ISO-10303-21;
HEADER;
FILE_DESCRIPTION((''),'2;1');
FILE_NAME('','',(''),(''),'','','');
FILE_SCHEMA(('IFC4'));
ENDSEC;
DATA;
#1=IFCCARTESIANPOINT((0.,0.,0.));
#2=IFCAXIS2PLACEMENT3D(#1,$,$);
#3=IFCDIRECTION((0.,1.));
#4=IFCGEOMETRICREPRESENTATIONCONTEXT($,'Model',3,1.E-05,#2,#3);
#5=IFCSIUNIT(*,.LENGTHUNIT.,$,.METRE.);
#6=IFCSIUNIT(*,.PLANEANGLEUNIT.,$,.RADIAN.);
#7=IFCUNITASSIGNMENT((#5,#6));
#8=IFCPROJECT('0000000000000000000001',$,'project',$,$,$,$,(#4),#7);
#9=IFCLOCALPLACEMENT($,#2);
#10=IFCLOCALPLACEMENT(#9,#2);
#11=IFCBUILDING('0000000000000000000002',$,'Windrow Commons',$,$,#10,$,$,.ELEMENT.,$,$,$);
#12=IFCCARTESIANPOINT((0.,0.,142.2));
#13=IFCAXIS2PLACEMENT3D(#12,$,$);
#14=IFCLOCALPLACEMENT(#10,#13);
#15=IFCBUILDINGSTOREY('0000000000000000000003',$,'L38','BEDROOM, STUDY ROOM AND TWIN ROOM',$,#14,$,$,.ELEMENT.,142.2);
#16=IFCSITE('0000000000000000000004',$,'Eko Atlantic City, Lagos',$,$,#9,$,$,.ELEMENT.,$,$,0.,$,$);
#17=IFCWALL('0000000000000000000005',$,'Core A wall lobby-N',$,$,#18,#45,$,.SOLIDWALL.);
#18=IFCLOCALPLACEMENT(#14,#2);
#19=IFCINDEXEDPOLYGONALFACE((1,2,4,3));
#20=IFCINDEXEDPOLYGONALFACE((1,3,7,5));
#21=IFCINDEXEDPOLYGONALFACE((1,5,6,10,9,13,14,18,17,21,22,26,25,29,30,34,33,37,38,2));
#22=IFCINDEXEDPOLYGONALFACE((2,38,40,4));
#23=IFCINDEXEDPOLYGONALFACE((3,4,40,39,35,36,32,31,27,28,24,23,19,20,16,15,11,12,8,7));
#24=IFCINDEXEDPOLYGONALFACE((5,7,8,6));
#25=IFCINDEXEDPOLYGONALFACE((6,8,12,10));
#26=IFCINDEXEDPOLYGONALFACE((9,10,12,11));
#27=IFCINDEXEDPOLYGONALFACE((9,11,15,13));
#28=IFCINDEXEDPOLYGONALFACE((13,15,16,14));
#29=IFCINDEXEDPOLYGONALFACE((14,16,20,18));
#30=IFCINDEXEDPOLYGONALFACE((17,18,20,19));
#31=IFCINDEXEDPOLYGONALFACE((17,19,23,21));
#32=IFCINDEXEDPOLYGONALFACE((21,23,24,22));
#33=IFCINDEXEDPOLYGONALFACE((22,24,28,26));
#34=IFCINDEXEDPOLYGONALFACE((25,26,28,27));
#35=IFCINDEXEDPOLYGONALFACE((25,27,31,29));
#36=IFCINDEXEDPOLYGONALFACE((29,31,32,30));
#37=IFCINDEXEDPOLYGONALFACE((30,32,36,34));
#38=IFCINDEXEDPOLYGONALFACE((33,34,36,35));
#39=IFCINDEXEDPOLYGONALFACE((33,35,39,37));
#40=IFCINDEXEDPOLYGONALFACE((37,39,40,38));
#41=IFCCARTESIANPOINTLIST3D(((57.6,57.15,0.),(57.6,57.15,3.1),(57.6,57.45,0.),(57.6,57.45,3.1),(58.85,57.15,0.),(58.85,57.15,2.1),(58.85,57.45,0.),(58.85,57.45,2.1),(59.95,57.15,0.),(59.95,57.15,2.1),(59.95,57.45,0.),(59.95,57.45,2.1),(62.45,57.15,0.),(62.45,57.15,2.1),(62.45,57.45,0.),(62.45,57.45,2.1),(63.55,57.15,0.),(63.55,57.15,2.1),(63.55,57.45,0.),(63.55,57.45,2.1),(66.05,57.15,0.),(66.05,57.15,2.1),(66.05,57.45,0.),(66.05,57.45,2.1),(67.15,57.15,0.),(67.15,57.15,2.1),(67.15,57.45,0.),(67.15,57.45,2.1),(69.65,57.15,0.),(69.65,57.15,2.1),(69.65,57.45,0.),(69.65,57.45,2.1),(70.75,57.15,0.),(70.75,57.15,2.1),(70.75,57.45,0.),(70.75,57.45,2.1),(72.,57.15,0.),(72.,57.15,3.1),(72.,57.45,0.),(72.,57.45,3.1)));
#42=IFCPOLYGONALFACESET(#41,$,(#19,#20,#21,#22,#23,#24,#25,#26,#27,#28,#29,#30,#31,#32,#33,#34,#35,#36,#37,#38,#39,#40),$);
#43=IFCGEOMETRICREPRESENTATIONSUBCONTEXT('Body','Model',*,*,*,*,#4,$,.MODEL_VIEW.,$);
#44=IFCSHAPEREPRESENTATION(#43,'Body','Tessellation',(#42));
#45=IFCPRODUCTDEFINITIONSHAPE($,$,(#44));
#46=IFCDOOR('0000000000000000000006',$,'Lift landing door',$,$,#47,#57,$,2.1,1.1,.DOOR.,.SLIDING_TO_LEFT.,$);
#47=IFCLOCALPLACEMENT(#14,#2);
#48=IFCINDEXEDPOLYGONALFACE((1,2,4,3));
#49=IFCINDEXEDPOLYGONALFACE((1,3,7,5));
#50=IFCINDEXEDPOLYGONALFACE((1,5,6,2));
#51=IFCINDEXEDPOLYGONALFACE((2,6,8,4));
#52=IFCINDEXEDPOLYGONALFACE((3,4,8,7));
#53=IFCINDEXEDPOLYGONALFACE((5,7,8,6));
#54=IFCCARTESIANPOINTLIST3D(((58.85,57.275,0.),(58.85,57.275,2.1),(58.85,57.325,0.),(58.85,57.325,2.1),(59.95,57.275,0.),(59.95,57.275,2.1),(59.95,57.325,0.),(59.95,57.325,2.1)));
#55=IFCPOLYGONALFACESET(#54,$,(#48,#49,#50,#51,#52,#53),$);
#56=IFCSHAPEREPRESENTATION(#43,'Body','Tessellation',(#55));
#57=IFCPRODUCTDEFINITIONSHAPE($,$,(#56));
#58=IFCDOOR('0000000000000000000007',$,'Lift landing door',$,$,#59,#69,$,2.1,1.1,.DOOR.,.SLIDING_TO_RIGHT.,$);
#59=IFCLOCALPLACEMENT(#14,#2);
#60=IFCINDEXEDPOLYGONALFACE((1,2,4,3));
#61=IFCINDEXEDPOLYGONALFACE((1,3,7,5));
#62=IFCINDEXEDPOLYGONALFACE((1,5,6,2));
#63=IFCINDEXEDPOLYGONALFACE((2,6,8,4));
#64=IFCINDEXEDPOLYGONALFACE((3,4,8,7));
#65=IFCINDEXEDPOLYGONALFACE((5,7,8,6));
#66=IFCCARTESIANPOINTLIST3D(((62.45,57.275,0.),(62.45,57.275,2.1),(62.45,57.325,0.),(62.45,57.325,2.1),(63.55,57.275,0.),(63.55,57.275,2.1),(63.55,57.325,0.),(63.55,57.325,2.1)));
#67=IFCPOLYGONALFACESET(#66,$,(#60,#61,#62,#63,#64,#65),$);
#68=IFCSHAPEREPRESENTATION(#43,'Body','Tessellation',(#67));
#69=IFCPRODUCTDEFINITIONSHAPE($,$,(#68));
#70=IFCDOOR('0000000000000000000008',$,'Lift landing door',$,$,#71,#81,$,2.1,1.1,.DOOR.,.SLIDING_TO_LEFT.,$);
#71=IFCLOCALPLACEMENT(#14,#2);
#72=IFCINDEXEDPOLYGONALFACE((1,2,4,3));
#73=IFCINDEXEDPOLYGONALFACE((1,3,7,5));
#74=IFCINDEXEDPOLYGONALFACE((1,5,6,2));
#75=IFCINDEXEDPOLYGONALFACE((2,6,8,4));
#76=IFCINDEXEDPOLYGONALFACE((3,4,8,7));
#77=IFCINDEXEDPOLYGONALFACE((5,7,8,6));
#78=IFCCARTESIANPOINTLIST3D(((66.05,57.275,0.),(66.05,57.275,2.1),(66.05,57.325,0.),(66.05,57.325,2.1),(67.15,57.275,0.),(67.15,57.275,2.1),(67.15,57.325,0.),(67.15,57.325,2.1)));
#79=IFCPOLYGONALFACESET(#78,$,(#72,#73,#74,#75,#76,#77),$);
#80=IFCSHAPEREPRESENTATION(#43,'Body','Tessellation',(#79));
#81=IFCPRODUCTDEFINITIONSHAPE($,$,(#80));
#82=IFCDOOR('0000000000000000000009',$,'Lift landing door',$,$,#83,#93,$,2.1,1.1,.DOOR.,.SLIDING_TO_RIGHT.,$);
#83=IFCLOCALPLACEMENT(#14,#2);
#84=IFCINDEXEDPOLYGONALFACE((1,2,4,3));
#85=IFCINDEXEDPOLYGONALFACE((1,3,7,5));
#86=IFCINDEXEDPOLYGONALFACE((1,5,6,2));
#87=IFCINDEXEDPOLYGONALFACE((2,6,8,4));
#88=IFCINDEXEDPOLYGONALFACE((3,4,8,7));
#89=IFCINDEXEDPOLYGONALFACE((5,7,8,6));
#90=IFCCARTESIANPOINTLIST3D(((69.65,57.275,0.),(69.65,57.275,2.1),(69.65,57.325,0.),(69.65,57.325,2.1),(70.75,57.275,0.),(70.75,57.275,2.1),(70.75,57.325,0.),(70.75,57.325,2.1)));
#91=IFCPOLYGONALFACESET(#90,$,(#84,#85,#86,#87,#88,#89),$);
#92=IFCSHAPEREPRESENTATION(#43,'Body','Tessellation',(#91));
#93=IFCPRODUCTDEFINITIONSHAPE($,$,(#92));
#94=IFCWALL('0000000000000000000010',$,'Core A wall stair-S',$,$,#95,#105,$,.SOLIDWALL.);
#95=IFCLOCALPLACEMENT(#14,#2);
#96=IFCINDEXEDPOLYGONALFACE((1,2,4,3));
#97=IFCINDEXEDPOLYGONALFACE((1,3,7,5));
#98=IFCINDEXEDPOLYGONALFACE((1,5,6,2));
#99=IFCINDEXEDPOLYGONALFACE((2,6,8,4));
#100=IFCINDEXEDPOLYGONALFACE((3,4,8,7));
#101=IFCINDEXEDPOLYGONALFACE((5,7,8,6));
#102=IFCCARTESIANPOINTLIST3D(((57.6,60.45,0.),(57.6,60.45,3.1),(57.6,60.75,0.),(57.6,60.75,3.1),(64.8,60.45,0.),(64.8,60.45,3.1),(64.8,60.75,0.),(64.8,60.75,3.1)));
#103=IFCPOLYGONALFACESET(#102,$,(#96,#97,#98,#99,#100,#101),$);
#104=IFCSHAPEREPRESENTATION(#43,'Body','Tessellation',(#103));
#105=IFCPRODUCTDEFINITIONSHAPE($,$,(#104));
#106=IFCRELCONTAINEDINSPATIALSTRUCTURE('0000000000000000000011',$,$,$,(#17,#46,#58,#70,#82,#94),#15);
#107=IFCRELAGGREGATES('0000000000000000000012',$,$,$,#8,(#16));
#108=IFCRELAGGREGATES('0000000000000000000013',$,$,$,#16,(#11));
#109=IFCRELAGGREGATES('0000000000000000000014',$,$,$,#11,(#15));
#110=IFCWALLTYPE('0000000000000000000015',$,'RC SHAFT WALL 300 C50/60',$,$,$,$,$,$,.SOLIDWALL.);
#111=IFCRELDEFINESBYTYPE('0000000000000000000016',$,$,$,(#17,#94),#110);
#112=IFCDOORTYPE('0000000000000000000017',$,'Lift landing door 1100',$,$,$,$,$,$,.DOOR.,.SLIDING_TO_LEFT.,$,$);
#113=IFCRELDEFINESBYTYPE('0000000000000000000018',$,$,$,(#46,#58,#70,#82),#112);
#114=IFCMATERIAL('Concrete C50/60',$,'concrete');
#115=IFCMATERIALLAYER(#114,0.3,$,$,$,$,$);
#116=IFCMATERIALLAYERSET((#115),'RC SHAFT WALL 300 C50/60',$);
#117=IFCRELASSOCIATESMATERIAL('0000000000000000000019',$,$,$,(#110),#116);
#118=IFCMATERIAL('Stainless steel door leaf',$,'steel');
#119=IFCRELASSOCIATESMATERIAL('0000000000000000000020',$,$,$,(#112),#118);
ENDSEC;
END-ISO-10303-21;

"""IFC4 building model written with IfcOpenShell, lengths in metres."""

from ifc_helpers import new_model, si_unit, direction, frame, frame_2d, origin, place, context, subcontext, project, spatial, rectangle, extrude, material, layer, layer_set, type_object, element, fill, save


model = new_model("IFC4")

# Units and contexts
model_context = context("Model", 3, precision=1e-05, world=origin(), true_north=direction((0.0, 1.0)))
body_context = subcontext(model_context, "Body", "Model", "MODEL_VIEW")
ifc_project = project(units=[si_unit("LENGTHUNIT", "METRE"), si_unit("PLANEANGLEUNIT", "RADIAN")], contexts=[model_context])

# Site, building, storey
site_placement = place(None, origin())
site = spatial("IfcSite", under=ifc_project, at=site_placement, Name="Eko Atlantic City, Lagos", CompositionType="ELEMENT", RefElevation=0.0)
building_placement = place(site_placement, origin())
building = spatial("IfcBuilding", under=site, at=building_placement, Name="Windrow Commons", CompositionType="ELEMENT")
storey_placement = place(building_placement, frame((0.0, 0.0, 142.2)))
storey = spatial("IfcBuildingStorey", under=building, at=storey_placement, Name="L38", Description="BEDROOM, STUDY ROOM AND TWIN ROOM", CompositionType="ELEMENT", Elevation=142.2)

# Shared definitions
ifc_material_1 = material(Name="Concrete C50/60", Category="concrete")
ifc_layer_1 = layer(ifc_material_1, 0.3)
ifc_layer_set_1 = layer_set([ifc_layer_1], Name="RC SHAFT WALL 300 C50/60")
wall_type_1 = type_object("IfcWallType", Name="RC SHAFT WALL 300 C50/60", PredefinedType="SOLIDWALL", material=ifc_layer_set_1)

# Wall, openings, doors
ifc_material_2 = material(Name="Stainless steel door leaf", Category="steel")
door_type_1 = type_object("IfcDoorType", Name="Lift landing door 1100", OperationType="SLIDING_TO_LEFT", PredefinedType="DOOR", material=ifc_material_2)
wall_1_placement = place(storey_placement, frame((57.6, 57.3, 0.0), z_axis=(0.0, 0.0, 1.0), x_axis=(1.0, 0.0, 0.0)))
wall_1 = element("IfcWall", 1, at=wall_1_placement, inside=storey, type_object=wall_type_1, Name="Core A wall lobby-N", PredefinedType="SOLIDWALL", context=body_context, shape_type="SweptSolid", body=[
    extrude(rectangle(XDim=14.4, YDim=0.3, at=frame_2d((7.2, 0.0))), origin(), (0.0, 0.0, 1.0), 3.1),
])
opening_1_placement = place(wall_1_placement, frame((1.25, 0.0, 0.0)))
opening_1 = element("IfcOpeningElement", 2, at=opening_1_placement, cuts=wall_1, PredefinedType="OPENING", context=body_context, shape_type="SweptSolid", body=[
    extrude(rectangle(XDim=1.1, YDim=2.1, at=frame_2d((0.55, 1.05))), frame((0.0, 0.16, 0.0), z_axis=(0.0, -1.0, 0.0), x_axis=(1.0, 0.0, 0.0)), (0.0, 0.0, 1.0), 0.32),
])
opening_2_placement = place(wall_1_placement, frame((4.85, 0.0, 0.0)))
opening_2 = element("IfcOpeningElement", 3, at=opening_2_placement, cuts=wall_1, PredefinedType="OPENING", context=body_context, shape_type="SweptSolid", body=[
    extrude(rectangle(XDim=1.1, YDim=2.1, at=frame_2d((0.55, 1.05))), frame((0.0, 0.16, 0.0), z_axis=(0.0, -1.0, 0.0), x_axis=(1.0, 0.0, 0.0)), (0.0, 0.0, 1.0), 0.32),
])
opening_3_placement = place(wall_1_placement, frame((8.45, 0.0, 0.0)))
opening_3 = element("IfcOpeningElement", 4, at=opening_3_placement, cuts=wall_1, PredefinedType="OPENING", context=body_context, shape_type="SweptSolid", body=[
    extrude(rectangle(XDim=1.1, YDim=2.1, at=frame_2d((0.55, 1.05))), frame((0.0, 0.16, 0.0), z_axis=(0.0, -1.0, 0.0), x_axis=(1.0, 0.0, 0.0)), (0.0, 0.0, 1.0), 0.32),
])
opening_4_placement = place(wall_1_placement, frame((12.05, 0.0, 0.0)))
opening_4 = element("IfcOpeningElement", 5, at=opening_4_placement, cuts=wall_1, PredefinedType="OPENING", context=body_context, shape_type="SweptSolid", body=[
    extrude(rectangle(XDim=1.1, YDim=2.1, at=frame_2d((0.55, 1.05))), frame((0.0, 0.16, 0.0), z_axis=(0.0, -1.0, 0.0), x_axis=(1.0, 0.0, 0.0)), (0.0, 0.0, 1.0), 0.32),
])
door_1_placement = place(opening_1_placement, origin())
door_1 = element("IfcDoor", 6, at=door_1_placement, inside=storey, type_object=door_type_1, Name="Lift landing door", OperationType="SLIDING_TO_LEFT", OverallHeight=2.1, OverallWidth=1.1, PredefinedType="DOOR", context=body_context, shape_type="SweptSolid", body=[
    extrude(rectangle(XDim=1.1, YDim=2.1, at=frame_2d((0.55, 1.05))), frame((0.0, 0.025, 0.0), z_axis=(0.0, -1.0, 0.0), x_axis=(1.0, 0.0, 0.0)), (0.0, 0.0, 1.0), 0.05),
])
fill(opening_1, door_1)
door_2_placement = place(opening_2_placement, origin())
door_2 = element("IfcDoor", 7, at=door_2_placement, inside=storey, type_object=door_type_1, Name="Lift landing door", OperationType="SLIDING_TO_RIGHT", OverallHeight=2.1, OverallWidth=1.1, PredefinedType="DOOR", context=body_context, shape_type="SweptSolid", body=[
    extrude(rectangle(XDim=1.1, YDim=2.1, at=frame_2d((0.55, 1.05))), frame((0.0, 0.025, 0.0), z_axis=(0.0, -1.0, 0.0), x_axis=(1.0, 0.0, 0.0)), (0.0, 0.0, 1.0), 0.05),
])
fill(opening_2, door_2)
door_3_placement = place(opening_3_placement, origin())
door_3 = element("IfcDoor", 8, at=door_3_placement, inside=storey, type_object=door_type_1, Name="Lift landing door", OperationType="SLIDING_TO_LEFT", OverallHeight=2.1, OverallWidth=1.1, PredefinedType="DOOR", context=body_context, shape_type="SweptSolid", body=[
    extrude(rectangle(XDim=1.1, YDim=2.1, at=frame_2d((0.55, 1.05))), frame((0.0, 0.025, 0.0), z_axis=(0.0, -1.0, 0.0), x_axis=(1.0, 0.0, 0.0)), (0.0, 0.0, 1.0), 0.05),
])
fill(opening_3, door_3)
door_4_placement = place(opening_4_placement, origin())
door_4 = element("IfcDoor", 9, at=door_4_placement, inside=storey, type_object=door_type_1, Name="Lift landing door", OperationType="SLIDING_TO_RIGHT", OverallHeight=2.1, OverallWidth=1.1, PredefinedType="DOOR", context=body_context, shape_type="SweptSolid", body=[
    extrude(rectangle(XDim=1.1, YDim=2.1, at=frame_2d((0.55, 1.05))), frame((0.0, 0.025, 0.0), z_axis=(0.0, -1.0, 0.0), x_axis=(1.0, 0.0, 0.0)), (0.0, 0.0, 1.0), 0.05),
])
fill(opening_4, door_4)

# Wall
wall_2_placement = place(storey_placement, frame((57.6, 60.6, 0.0), z_axis=(0.0, 0.0, 1.0), x_axis=(1.0, 0.0, 0.0)))
element("IfcWall", 10, at=wall_2_placement, inside=storey, type_object=wall_type_1, Name="Core A wall stair-S", PredefinedType="SOLIDWALL", context=body_context, shape_type="SweptSolid", body=[
    extrude(rectangle(XDim=7.2, YDim=0.3, at=frame_2d((3.6, 0.0))), origin(), (0.0, 0.0, 1.0), 3.1),
])

save(model, "model.ifc")
